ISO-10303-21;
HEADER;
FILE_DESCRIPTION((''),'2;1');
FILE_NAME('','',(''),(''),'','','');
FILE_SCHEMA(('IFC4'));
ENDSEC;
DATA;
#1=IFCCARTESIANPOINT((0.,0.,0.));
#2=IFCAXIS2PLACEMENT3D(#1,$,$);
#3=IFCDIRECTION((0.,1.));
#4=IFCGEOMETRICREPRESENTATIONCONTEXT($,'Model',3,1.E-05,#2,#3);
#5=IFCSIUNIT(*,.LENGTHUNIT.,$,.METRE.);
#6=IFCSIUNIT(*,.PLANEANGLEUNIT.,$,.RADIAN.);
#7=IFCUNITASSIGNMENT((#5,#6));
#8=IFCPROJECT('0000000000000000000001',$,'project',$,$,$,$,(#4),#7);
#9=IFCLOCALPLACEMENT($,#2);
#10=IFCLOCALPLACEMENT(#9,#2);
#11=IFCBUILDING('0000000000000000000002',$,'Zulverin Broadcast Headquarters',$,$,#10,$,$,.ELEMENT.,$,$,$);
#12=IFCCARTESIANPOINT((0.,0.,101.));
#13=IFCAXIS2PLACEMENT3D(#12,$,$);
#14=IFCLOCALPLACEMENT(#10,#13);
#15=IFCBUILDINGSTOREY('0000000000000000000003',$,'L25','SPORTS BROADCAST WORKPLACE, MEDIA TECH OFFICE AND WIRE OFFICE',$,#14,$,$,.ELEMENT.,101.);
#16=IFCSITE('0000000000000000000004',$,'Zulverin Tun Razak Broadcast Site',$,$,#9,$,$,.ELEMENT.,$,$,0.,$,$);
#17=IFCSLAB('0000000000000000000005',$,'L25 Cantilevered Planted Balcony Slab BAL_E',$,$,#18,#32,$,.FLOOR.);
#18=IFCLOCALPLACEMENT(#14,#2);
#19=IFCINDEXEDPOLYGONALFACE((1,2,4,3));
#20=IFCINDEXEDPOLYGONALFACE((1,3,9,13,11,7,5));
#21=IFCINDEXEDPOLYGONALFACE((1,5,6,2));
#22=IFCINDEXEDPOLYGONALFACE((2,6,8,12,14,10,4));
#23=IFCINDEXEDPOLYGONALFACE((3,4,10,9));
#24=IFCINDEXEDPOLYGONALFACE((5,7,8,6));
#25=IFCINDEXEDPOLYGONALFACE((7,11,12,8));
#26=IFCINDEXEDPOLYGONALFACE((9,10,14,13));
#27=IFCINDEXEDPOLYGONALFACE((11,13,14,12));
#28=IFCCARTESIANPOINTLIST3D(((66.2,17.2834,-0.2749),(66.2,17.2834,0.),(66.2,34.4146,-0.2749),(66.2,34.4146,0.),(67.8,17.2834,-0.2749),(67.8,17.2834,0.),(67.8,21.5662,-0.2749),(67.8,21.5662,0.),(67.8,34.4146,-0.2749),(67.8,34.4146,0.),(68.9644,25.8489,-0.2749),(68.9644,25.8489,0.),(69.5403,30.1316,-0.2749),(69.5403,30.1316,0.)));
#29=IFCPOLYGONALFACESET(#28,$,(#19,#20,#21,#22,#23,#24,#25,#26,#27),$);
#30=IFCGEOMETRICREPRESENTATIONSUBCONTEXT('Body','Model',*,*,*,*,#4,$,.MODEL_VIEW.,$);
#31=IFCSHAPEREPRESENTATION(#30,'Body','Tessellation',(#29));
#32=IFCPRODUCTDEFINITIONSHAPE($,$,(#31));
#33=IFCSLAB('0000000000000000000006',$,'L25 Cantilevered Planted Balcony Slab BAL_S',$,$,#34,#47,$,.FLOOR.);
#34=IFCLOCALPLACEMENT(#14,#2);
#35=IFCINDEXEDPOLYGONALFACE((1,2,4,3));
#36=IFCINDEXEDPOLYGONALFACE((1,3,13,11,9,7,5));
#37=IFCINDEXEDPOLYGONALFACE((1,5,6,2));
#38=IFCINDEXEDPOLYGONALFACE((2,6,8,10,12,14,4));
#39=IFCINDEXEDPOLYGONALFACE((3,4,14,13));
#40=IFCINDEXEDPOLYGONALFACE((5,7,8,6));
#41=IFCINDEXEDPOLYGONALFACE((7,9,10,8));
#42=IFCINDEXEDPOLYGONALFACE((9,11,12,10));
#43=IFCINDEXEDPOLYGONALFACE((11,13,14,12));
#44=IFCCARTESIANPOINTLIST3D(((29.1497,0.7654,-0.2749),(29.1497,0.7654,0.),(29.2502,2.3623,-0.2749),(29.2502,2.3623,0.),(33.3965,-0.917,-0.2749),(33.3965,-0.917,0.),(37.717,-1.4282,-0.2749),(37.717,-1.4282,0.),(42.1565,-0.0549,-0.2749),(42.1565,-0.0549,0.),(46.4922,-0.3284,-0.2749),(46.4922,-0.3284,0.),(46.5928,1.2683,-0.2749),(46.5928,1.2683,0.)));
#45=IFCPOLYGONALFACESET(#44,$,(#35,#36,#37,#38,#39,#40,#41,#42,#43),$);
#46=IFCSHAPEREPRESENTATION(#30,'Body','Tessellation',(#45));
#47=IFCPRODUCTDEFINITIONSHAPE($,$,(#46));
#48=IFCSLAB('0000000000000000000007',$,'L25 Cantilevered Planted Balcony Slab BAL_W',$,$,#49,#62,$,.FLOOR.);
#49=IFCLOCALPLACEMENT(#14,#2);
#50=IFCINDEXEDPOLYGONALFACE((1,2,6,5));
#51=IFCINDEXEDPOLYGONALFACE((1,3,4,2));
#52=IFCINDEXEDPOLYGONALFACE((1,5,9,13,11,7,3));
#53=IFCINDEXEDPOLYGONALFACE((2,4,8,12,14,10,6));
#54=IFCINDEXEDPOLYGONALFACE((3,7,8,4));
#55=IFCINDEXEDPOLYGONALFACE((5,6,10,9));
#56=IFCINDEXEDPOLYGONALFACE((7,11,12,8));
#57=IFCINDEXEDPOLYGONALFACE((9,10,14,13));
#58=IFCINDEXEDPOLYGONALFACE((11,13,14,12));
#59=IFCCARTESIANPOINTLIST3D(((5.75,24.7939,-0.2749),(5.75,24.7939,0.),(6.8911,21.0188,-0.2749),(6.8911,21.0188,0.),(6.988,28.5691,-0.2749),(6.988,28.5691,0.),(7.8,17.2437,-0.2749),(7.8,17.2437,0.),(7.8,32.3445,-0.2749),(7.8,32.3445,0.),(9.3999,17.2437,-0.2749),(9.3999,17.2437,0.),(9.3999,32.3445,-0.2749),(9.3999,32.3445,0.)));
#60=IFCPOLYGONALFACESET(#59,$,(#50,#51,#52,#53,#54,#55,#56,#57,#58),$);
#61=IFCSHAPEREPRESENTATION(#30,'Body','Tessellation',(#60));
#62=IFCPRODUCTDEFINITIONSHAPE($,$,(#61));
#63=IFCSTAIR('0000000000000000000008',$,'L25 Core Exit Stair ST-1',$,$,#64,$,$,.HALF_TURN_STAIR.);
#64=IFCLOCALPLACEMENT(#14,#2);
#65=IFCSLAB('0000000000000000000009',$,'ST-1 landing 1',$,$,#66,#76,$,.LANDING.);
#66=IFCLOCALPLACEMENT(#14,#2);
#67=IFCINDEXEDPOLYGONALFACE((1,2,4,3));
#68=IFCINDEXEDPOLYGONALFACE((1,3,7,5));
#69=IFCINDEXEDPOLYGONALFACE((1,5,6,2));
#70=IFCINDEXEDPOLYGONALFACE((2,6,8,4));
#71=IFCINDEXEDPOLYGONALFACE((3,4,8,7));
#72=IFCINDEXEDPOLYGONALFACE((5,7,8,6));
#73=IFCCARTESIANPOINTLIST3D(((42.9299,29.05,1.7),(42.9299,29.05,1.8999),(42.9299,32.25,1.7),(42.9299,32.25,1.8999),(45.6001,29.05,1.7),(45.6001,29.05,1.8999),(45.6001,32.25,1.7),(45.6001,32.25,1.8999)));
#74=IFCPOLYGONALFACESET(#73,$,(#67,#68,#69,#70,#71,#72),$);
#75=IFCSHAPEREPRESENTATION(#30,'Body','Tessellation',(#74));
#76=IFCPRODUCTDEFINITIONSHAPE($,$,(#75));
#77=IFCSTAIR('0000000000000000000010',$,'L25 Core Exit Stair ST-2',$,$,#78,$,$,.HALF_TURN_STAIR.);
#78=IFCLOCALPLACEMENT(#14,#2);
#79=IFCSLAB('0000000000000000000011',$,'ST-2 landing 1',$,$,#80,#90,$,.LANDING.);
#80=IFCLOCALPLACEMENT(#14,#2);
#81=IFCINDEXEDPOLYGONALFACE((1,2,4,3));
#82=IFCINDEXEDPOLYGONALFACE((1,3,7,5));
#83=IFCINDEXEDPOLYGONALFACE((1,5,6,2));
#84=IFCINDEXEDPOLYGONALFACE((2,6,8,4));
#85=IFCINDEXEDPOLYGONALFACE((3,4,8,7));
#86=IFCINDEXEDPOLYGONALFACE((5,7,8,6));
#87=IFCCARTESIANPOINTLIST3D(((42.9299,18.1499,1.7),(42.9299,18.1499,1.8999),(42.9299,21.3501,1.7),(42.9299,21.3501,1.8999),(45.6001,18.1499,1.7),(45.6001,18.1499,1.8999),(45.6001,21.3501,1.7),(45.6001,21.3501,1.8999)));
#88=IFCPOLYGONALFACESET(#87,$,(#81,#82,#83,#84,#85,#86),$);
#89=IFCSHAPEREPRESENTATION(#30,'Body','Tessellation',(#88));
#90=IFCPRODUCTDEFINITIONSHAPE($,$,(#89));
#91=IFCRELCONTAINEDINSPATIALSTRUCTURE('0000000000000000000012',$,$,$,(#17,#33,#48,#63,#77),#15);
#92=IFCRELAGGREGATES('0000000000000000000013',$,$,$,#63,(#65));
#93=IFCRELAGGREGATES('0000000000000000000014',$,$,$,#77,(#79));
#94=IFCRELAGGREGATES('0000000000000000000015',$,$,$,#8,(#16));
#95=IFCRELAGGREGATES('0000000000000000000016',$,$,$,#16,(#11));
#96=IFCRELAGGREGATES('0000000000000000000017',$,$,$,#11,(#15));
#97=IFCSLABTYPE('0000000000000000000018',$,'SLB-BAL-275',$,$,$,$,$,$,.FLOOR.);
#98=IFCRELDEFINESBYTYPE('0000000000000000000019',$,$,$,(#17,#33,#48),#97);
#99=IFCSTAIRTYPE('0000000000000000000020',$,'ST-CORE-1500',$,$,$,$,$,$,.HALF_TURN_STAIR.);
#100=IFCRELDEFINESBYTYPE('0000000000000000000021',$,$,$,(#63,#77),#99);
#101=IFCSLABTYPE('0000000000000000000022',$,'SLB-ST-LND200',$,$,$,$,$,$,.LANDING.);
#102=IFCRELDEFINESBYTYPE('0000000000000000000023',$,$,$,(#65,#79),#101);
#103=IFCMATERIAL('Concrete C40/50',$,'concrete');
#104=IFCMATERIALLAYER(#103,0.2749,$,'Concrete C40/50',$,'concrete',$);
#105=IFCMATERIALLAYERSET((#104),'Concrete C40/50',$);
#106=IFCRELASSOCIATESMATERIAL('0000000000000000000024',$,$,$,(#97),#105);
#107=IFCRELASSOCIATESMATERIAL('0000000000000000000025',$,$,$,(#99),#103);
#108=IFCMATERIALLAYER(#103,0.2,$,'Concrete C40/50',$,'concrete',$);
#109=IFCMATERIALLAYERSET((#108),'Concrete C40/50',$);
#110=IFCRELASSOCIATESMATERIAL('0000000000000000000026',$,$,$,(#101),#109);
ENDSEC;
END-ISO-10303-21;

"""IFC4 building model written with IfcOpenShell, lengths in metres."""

from ifc_helpers import new_model, si_unit, direction, frame, origin, place, context, subcontext, project, spatial, polyline, outline, extrude, material, layer, layer_set, type_object, element, aggregate, save


model = new_model("IFC4")

# Units and contexts
model_context = context("Model", 3, precision=1e-05, world=origin(), true_north=direction((0.0, 1.0)))
body_context = subcontext(model_context, "Body", "Model", "MODEL_VIEW")
ifc_project = project(units=[si_unit("LENGTHUNIT", "METRE"), si_unit("PLANEANGLEUNIT", "RADIAN")], contexts=[model_context])

# Site, building, storey
site_placement = place(None, origin())
site = spatial("IfcSite", under=ifc_project, at=site_placement, Name="Zulverin Tun Razak Broadcast Site", CompositionType="ELEMENT", RefElevation=0.0)
building_placement = place(site_placement, origin())
building = spatial("IfcBuilding", under=site, at=building_placement, Name="Zulverin Broadcast Headquarters", CompositionType="ELEMENT")
storey_placement = place(building_placement, frame((0.0, 0.0, 101.0)))
storey = spatial("IfcBuildingStorey", under=building, at=storey_placement, Name="L25", Description="SPORTS BROADCAST WORKPLACE, MEDIA TECH OFFICE AND WIRE OFFICE", CompositionType="ELEMENT", Elevation=101.0)

# Slabs
ifc_material_1 = material(Name="Concrete C40/50", Category="concrete")
ifc_layer_1 = layer(ifc_material_1, 0.2749, Name="Concrete C40/50", Category="concrete")
ifc_layer_set_1 = layer_set([ifc_layer_1], Name="Concrete C40/50")
slab_type_1 = type_object("IfcSlabType", Name="SLB-BAL-275", PredefinedType="FLOOR", material=ifc_layer_set_1)
slab_1_placement = place(storey_placement, frame((0.0, 0.0, -0.2749)))
element("IfcSlab", 1, at=slab_1_placement, inside=storey, type_object=slab_type_1, Name="L25 Cantilevered Planted Balcony Slab BAL_E", PredefinedType="FLOOR", context=body_context, shape_type="SweptSolid", body=[
    extrude(outline(polyline([(66.2, 34.4146), (66.2, 17.2834), (67.8, 17.2834), (67.8, 21.5662), (68.9644, 25.8489), (69.5403, 30.1316), (67.8, 34.4146), (66.2, 34.4146)])), origin(), (0.0, 0.0, 1.0), 0.2749),
])
slab_2_placement = place(storey_placement, frame((0.0, 0.0, -0.2749)))
element("IfcSlab", 2, at=slab_2_placement, inside=storey, type_object=slab_type_1, Name="L25 Cantilevered Planted Balcony Slab BAL_S", PredefinedType="FLOOR", context=body_context, shape_type="SweptSolid", body=[
    extrude(outline(polyline([(46.5928, 1.2683), (29.2502, 2.3623), (29.1497, 0.7654), (33.3965, -0.917), (37.717, -1.4282), (42.1565, -0.0549), (46.4922, -0.3284), (46.5928, 1.2683)])), origin(), (0.0, 0.0, 1.0), 0.2749),
])
slab_3_placement = place(storey_placement, frame((0.0, 0.0, -0.2749)))
element("IfcSlab", 3, at=slab_3_placement, inside=storey, type_object=slab_type_1, Name="L25 Cantilevered Planted Balcony Slab BAL_W", PredefinedType="FLOOR", context=body_context, shape_type="SweptSolid", body=[
    extrude(outline(polyline([(9.3999, 17.2437), (9.3999, 32.3445), (7.8, 32.3445), (6.988, 28.5691), (5.75, 24.7939), (6.8911, 21.0188), (7.8, 17.2437), (9.3999, 17.2437)])), origin(), (0.0, 0.0, 1.0), 0.2749),
])

# Stairs, slabs
stair_type = type_object("IfcStairType", Name="ST-CORE-1500", PredefinedType="HALF_TURN_STAIR", material=ifc_material_1)
stair_1_placement = place(storey_placement, origin())
stair_1 = element("IfcStair", 4, at=stair_1_placement, inside=storey, type_object=stair_type, Name="L25 Core Exit Stair ST-1", PredefinedType="HALF_TURN_STAIR")
ifc_layer_2 = layer(ifc_material_1, 0.2, Name="Concrete C40/50", Category="concrete")
ifc_layer_set_2 = layer_set([ifc_layer_2], Name="Concrete C40/50")
slab_type_2 = type_object("IfcSlabType", Name="SLB-ST-LND200", PredefinedType="LANDING", material=ifc_layer_set_2)
slab_4_placement = place(storey_placement, frame((0.0, 0.0, 1.7)))
slab_4 = element("IfcSlab", 5, at=slab_4_placement, type_object=slab_type_2, Name="ST-1 landing 1", PredefinedType="LANDING", context=body_context, shape_type="SweptSolid", body=[
    extrude(outline(polyline([(42.9299, 29.05), (45.6001, 29.05), (45.6001, 32.25), (42.9299, 32.25), (42.9299, 29.05)])), origin(), (0.0, 0.0, 1.0), 0.2),
])
aggregate(stair_1, [slab_4])
stair_2_placement = place(storey_placement, origin())
stair_2 = element("IfcStair", 6, at=stair_2_placement, inside=storey, type_object=stair_type, Name="L25 Core Exit Stair ST-2", PredefinedType="HALF_TURN_STAIR")
slab_5_placement = place(storey_placement, frame((0.0, 0.0, 1.7)))
slab_5 = element("IfcSlab", 7, at=slab_5_placement, type_object=slab_type_2, Name="ST-2 landing 1", PredefinedType="LANDING", context=body_context, shape_type="SweptSolid", body=[
    extrude(outline(polyline([(42.9299, 18.1499), (45.6001, 18.1499), (45.6001, 21.3501), (42.9299, 21.3501), (42.9299, 18.1499)])), origin(), (0.0, 0.0, 1.0), 0.2),
])
aggregate(stair_2, [slab_5])

save(model, "model.ifc")
